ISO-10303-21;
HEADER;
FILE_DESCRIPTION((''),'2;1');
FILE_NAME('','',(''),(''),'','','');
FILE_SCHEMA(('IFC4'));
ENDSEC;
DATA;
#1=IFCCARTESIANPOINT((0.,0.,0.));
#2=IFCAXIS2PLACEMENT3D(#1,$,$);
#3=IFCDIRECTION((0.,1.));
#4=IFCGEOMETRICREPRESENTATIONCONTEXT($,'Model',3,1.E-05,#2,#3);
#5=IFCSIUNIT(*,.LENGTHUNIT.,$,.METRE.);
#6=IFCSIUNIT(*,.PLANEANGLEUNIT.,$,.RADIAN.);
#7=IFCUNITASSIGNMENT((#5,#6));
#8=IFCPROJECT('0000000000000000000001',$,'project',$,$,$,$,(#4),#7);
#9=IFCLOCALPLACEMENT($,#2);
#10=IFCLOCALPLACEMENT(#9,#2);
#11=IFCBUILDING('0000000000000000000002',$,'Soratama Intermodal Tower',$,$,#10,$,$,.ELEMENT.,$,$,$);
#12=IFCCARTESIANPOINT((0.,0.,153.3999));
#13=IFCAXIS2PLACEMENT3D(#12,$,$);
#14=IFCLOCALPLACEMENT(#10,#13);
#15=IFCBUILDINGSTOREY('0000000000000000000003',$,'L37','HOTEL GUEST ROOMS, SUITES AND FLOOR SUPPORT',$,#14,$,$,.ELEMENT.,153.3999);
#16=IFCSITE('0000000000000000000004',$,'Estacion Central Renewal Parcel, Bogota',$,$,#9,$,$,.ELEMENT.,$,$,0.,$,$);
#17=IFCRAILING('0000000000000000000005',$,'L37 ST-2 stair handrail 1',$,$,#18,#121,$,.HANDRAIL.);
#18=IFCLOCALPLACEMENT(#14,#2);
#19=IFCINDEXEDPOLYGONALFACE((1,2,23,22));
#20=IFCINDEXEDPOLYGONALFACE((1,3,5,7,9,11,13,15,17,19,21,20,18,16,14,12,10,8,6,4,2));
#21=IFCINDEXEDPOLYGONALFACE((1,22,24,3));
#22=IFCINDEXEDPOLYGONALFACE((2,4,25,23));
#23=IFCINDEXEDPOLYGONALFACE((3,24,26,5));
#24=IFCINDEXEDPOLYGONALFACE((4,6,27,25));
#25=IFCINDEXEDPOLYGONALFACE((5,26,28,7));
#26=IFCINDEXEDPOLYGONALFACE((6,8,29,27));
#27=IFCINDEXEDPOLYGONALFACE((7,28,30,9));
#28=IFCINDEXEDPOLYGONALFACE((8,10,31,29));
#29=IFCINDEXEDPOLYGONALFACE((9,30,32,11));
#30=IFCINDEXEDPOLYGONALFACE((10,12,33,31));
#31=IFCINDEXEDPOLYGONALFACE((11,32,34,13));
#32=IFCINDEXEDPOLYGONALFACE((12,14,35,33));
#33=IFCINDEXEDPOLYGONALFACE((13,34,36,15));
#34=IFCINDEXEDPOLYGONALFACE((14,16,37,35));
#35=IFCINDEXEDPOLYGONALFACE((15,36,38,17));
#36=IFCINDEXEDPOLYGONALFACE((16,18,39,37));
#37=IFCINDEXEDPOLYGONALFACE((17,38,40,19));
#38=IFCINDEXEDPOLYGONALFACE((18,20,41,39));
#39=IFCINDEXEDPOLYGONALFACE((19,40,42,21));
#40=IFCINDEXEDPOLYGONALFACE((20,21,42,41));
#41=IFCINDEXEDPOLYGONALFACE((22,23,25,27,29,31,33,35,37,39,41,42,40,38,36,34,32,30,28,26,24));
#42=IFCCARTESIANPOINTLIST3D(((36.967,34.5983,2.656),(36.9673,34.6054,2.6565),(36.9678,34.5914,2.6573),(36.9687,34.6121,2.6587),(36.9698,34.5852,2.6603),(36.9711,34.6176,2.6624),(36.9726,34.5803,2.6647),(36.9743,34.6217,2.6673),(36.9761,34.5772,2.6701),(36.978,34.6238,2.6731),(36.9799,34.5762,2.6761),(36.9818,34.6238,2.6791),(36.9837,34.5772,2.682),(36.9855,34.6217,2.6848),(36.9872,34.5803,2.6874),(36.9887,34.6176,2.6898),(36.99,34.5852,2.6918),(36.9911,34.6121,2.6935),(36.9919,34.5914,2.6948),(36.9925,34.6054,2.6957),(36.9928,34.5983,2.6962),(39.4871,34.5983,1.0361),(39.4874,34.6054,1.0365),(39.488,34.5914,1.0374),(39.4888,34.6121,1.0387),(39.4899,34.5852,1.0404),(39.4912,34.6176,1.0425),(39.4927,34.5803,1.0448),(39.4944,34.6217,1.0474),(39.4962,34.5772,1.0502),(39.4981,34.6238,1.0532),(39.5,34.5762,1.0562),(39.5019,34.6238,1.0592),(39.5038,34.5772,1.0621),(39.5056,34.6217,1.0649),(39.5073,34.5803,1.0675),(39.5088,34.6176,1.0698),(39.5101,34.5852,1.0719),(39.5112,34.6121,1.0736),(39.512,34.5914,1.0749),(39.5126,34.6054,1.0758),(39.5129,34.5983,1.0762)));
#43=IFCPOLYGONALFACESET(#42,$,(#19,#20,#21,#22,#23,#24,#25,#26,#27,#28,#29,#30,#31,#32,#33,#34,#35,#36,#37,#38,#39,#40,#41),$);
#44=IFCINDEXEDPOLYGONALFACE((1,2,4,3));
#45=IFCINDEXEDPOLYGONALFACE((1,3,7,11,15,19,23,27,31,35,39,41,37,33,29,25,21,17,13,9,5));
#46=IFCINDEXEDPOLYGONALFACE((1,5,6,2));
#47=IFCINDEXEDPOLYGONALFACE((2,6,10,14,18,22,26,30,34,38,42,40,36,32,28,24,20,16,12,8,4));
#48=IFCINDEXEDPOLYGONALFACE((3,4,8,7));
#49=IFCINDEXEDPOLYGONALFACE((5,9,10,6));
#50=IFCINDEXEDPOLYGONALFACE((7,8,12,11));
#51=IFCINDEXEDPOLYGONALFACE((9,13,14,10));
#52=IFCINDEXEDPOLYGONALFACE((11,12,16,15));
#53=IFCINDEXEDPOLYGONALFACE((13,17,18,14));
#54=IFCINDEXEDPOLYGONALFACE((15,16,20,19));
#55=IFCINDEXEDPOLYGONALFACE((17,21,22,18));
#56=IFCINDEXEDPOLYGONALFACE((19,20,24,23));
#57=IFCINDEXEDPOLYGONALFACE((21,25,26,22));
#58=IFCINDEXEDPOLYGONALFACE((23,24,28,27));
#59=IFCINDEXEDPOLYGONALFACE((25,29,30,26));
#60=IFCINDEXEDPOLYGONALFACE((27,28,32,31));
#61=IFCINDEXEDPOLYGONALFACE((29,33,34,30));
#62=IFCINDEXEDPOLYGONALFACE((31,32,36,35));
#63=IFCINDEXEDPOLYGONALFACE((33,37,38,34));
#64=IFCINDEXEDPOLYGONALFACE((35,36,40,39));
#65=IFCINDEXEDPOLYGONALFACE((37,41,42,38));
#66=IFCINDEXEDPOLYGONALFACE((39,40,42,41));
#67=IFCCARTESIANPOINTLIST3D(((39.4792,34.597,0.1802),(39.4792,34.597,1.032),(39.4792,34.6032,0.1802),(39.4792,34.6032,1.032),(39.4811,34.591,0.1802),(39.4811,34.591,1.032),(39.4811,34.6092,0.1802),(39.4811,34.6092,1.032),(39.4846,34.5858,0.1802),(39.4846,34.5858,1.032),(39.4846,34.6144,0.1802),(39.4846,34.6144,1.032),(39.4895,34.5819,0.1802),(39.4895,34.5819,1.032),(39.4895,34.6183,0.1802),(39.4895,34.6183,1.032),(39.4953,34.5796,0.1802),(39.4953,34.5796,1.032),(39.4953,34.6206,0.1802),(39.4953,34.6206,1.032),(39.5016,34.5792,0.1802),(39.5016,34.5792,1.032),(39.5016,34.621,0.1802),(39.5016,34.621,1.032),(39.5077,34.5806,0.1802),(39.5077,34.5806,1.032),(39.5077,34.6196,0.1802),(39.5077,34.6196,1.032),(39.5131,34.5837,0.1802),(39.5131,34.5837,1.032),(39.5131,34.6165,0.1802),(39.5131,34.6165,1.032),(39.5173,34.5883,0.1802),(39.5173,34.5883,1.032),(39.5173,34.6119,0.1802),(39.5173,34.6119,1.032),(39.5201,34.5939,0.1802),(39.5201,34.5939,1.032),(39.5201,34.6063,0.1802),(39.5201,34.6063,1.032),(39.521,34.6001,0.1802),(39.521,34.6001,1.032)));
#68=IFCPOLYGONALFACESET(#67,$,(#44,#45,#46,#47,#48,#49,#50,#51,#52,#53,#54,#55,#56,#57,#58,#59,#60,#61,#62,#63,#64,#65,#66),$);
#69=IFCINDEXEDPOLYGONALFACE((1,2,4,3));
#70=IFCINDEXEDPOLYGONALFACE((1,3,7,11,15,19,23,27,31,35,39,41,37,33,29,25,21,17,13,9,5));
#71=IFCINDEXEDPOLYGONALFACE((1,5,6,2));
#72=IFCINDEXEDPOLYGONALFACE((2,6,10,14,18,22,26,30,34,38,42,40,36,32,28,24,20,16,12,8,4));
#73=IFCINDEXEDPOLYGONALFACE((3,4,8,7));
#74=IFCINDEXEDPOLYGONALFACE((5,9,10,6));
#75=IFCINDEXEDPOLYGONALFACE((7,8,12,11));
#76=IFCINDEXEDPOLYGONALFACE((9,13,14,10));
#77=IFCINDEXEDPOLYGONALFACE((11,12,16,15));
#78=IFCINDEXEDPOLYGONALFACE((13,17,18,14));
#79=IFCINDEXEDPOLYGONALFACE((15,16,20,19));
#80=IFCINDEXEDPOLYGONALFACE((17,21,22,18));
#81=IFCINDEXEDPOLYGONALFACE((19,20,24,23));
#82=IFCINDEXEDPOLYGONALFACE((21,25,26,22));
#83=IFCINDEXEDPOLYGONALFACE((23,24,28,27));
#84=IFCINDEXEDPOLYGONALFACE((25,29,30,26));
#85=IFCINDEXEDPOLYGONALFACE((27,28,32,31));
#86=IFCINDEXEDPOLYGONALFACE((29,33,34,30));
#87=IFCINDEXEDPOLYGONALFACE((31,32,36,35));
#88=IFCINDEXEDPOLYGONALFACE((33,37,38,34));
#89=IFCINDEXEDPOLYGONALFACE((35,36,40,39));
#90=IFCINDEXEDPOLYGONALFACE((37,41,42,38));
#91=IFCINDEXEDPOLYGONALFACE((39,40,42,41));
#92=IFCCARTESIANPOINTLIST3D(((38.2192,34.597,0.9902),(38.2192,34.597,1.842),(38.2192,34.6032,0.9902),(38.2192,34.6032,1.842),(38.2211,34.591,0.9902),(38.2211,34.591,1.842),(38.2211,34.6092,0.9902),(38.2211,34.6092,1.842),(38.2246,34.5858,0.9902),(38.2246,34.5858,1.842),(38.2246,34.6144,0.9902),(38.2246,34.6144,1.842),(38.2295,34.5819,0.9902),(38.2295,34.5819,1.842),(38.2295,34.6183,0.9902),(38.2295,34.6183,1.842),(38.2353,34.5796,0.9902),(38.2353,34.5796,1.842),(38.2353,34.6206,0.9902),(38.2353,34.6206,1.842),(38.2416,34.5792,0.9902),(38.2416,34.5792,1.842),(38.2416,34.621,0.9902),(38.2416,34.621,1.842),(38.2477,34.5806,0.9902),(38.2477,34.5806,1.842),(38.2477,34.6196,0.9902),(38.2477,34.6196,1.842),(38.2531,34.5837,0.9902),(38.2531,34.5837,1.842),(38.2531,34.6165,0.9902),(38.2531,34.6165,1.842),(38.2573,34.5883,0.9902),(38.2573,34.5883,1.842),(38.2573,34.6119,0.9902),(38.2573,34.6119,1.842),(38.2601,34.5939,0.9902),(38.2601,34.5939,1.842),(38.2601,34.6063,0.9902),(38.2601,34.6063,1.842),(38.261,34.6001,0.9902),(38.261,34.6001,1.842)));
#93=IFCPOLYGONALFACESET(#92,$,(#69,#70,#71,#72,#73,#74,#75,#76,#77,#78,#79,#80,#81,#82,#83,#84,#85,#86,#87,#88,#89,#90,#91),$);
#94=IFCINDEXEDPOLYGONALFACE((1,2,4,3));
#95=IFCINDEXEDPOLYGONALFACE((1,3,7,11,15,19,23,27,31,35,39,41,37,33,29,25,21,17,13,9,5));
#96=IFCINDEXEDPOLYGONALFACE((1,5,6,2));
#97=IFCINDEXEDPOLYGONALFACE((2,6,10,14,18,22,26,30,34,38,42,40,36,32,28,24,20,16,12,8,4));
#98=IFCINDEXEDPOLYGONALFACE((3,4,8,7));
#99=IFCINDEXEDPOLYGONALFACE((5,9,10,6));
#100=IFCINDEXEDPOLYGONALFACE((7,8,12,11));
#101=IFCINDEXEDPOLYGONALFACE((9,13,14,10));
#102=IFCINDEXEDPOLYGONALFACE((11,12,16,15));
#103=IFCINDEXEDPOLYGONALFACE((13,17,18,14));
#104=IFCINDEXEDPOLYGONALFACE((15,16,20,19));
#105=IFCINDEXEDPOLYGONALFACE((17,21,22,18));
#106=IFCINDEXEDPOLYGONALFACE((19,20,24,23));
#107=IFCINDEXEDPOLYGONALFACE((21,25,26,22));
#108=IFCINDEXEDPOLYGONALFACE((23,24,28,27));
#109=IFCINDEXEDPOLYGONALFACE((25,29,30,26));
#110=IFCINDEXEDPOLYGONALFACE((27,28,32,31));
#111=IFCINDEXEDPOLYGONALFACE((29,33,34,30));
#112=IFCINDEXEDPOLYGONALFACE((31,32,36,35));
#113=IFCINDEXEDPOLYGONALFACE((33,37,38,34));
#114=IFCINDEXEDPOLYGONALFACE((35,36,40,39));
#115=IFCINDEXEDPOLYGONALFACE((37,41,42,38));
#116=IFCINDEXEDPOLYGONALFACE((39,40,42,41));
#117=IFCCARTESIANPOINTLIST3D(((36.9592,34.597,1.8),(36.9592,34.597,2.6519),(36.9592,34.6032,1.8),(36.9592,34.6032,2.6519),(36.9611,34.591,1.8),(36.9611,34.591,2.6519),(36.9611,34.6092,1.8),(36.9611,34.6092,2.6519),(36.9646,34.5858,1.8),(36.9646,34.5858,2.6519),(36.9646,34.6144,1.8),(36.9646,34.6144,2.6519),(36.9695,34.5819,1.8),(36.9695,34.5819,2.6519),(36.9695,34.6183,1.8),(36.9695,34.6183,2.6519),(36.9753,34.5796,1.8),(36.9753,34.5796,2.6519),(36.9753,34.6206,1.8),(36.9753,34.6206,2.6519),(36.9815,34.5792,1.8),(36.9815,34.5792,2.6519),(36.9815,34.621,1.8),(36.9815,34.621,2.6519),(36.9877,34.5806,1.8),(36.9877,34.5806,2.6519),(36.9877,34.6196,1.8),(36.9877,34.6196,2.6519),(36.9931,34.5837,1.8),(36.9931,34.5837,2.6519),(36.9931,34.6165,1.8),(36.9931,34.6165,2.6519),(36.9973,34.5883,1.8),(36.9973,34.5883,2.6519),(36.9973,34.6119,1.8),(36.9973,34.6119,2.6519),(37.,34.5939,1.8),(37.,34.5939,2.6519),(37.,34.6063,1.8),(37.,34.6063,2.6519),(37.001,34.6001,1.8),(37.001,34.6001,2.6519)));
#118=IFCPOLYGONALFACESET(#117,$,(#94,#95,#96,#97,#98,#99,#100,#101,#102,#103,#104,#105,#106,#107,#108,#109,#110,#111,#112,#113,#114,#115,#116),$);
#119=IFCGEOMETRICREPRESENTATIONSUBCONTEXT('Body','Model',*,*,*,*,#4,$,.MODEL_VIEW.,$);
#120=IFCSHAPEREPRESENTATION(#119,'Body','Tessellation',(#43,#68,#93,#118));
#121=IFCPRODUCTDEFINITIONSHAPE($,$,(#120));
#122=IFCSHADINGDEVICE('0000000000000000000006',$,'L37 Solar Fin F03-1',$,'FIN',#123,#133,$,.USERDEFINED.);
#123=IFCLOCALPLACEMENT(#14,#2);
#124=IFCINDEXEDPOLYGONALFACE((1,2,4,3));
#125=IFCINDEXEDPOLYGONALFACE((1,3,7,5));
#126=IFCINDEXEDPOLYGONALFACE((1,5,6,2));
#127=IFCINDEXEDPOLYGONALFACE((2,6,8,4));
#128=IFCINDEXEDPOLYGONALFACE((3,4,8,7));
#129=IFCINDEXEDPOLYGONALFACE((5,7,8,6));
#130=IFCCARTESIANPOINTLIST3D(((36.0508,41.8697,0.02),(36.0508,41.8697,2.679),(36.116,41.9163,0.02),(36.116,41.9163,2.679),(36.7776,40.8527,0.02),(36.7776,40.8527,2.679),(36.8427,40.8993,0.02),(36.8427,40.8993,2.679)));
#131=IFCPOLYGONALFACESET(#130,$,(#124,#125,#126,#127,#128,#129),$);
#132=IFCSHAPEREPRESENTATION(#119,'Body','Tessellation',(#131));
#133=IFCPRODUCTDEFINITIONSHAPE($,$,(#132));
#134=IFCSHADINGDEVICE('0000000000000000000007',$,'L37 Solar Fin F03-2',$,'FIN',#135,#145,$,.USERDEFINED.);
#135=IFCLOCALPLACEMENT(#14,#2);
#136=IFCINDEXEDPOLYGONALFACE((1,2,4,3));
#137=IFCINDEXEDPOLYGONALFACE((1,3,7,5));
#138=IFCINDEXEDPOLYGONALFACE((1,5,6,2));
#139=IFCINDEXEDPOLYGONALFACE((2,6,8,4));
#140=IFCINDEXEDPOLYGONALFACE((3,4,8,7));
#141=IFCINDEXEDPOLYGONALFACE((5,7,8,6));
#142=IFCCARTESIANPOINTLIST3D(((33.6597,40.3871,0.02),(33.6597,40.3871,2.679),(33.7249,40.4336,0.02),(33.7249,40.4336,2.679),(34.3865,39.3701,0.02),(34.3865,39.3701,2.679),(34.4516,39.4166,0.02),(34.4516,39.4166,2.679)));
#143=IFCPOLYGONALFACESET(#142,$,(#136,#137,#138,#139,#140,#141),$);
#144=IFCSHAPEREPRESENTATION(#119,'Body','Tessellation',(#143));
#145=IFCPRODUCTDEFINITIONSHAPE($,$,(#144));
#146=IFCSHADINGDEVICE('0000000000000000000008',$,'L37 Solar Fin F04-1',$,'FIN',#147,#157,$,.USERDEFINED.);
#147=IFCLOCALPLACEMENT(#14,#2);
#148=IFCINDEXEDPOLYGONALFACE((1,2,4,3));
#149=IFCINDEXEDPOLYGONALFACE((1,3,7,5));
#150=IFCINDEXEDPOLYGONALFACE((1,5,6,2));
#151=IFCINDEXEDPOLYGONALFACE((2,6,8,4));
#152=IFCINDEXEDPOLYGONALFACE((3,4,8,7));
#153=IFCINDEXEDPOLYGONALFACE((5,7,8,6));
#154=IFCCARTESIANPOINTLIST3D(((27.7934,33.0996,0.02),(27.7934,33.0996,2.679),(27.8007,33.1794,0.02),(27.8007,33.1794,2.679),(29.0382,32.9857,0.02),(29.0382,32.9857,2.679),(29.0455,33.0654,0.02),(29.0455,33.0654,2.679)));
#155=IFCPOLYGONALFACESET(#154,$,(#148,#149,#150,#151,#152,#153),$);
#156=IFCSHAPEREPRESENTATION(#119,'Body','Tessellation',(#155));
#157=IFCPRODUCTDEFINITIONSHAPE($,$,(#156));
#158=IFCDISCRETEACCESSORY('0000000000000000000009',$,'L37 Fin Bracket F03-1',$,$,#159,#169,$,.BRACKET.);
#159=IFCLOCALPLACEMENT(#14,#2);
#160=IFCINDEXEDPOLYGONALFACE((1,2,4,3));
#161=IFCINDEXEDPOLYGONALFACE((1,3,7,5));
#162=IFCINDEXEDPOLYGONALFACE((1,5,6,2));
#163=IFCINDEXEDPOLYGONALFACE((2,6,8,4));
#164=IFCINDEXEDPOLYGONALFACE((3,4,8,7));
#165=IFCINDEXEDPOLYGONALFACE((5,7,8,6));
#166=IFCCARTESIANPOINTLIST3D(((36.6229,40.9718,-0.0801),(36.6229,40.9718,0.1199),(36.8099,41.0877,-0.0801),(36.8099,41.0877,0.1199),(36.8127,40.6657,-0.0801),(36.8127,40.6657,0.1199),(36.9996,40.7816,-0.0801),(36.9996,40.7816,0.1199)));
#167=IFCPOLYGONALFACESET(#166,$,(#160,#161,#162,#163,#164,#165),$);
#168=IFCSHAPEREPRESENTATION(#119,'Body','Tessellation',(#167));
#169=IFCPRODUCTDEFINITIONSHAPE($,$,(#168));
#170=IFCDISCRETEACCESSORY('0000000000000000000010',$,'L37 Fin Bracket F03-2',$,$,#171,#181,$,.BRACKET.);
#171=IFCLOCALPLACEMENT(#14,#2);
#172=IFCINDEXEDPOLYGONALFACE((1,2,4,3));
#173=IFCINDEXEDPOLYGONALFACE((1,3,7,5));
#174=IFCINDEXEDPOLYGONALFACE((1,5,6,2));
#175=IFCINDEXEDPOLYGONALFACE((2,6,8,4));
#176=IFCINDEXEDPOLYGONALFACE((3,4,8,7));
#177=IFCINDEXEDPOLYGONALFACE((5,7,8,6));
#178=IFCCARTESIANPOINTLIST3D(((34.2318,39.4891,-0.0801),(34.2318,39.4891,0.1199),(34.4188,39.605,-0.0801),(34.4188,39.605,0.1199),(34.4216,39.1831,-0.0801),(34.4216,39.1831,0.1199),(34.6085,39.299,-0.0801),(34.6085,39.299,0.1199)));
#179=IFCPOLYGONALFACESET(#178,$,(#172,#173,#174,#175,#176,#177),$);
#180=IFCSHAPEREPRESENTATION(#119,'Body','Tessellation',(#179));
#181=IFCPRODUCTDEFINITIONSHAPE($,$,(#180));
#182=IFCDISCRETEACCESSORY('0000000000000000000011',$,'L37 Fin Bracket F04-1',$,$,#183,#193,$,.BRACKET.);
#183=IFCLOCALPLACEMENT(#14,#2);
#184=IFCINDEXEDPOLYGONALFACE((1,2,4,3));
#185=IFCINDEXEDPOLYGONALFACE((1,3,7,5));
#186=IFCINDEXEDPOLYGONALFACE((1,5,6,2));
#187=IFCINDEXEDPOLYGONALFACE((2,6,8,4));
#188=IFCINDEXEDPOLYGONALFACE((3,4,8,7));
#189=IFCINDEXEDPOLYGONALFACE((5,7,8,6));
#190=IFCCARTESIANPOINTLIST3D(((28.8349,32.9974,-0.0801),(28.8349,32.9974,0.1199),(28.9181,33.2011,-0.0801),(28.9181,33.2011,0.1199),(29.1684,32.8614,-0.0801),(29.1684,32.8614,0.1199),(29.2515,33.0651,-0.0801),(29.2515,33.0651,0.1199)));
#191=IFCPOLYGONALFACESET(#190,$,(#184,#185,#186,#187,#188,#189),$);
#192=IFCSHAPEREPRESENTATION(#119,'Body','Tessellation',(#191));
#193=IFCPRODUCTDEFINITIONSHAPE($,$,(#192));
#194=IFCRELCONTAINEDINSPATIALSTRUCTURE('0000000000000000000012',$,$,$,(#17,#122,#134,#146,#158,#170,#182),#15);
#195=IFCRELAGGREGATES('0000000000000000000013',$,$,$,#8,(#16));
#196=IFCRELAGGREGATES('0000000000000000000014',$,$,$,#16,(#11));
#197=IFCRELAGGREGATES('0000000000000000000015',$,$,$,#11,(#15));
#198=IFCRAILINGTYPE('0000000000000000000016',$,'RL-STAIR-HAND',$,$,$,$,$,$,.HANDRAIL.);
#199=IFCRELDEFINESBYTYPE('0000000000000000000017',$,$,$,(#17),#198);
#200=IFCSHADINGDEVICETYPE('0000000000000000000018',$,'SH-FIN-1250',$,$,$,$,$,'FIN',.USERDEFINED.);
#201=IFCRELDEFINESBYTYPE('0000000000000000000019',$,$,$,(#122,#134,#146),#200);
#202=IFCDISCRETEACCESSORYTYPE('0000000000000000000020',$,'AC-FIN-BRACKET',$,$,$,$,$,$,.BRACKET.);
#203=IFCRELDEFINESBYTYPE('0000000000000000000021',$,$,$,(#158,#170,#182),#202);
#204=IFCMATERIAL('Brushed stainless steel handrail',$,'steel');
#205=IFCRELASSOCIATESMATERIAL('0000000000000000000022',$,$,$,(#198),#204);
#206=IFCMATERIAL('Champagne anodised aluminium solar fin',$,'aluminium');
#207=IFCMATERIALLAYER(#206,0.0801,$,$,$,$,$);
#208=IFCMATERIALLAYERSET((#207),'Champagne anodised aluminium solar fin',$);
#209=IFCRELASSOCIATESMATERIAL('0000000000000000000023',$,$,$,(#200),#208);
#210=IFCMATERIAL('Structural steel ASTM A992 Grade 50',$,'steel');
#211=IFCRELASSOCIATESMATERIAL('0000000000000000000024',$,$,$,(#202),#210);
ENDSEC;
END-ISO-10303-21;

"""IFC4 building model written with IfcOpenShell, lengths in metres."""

from ifc_helpers import new_model, si_unit, direction, frame, origin, origin_2d, place, context, subcontext, project, spatial, rectangle, circle, extrude, material, layer, layer_set, type_object, element, save


model = new_model("IFC4")

# Units and contexts
model_context = context("Model", 3, precision=1e-05, world=origin(), true_north=direction((0.0, 1.0)))
body_context = subcontext(model_context, "Body", "Model", "MODEL_VIEW")
ifc_project = project(units=[si_unit("LENGTHUNIT", "METRE"), si_unit("PLANEANGLEUNIT", "RADIAN")], contexts=[model_context])

# Site, building, storey
site_placement = place(None, origin())
site = spatial("IfcSite", under=ifc_project, at=site_placement, Name="Estacion Central Renewal Parcel, Bogota", CompositionType="ELEMENT", RefElevation=0.0)
building_placement = place(site_placement, origin())
building = spatial("IfcBuilding", under=site, at=building_placement, Name="Soratama Intermodal Tower", CompositionType="ELEMENT")
storey_placement = place(building_placement, frame((0.0, 0.0, 153.3999)))
storey = spatial("IfcBuildingStorey", under=building, at=storey_placement, Name="L37", Description="HOTEL GUEST ROOMS, SUITES AND FLOOR SUPPORT", CompositionType="ELEMENT", Elevation=153.3999)

# Railing
ifc_material_1 = material(Name="Brushed stainless steel handrail", Category="steel")
railing_type_1 = type_object("IfcRailingType", Name="RL-STAIR-HAND", PredefinedType="HANDRAIL", material=ifc_material_1)
railing_1_placement = place(storey_placement, frame((39.5, 34.6001, 0.1802)))
element("IfcRailing", 1, at=railing_1_placement, inside=storey, type_object=railing_type_1, Name="L37 ST-2 stair handrail 1", PredefinedType="HANDRAIL", context=body_context, shape_type="SweptSolid", body=[
    extrude(circle(Radius=0.0239, at=origin_2d()), frame((0.0, 0.0, 0.876), z_axis=(-0.8412, 0.0, 0.540725), x_axis=(0.0, -1.0, 0.0)), (0.0, 0.0, 1.0), 2.9958),
    extrude(circle(Radius=0.021, at=origin_2d()), origin(), (0.0, 0.0, 1.0), 0.8518),
    extrude(circle(Radius=0.021, at=origin_2d()), frame((-1.26, 0.0, 0.8101)), (0.0, 0.0, 1.0), 0.8518),
    extrude(circle(Radius=0.021, at=origin_2d()), frame((-2.52, 0.0, 1.6199)), (0.0, 0.0, 1.0), 0.8518),
])

# Shading devices
ifc_material_2 = material(Name="Champagne anodised aluminium solar fin", Category="aluminium")
ifc_layer_1 = layer(ifc_material_2, 0.0801)
ifc_layer_set_1 = layer_set([ifc_layer_1], Name="Champagne anodised aluminium solar fin")
shading_device_type = type_object("IfcShadingDeviceType", Name="SH-FIN-1250", ElementType="FIN", PredefinedType="USERDEFINED", material=ifc_layer_set_1)
for number, where, z_axis, x_axis, name in (
    (2, (36.4468, 41.3845, 0.02), (0.0, 0.0, 1.0), (-0.581413, 0.813608, 0.0), "L37 Solar Fin F03-1"),
    (3, (34.0557, 39.9019, 0.02), (0.0, 0.0, 1.0), (-0.581413, 0.813608, 0.0), "L37 Solar Fin F03-2"),
    (4, (28.4194, 33.0825, 0.02), (0.0, 0.0, 1.0), (-0.995837, 0.091154, 0.0), "L37 Solar Fin F04-1"),
):
    element("IfcShadingDevice", number, at=place(storey_placement, frame(where, z_axis=z_axis, x_axis=x_axis)), inside=storey, type_object=shading_device_type, Name=name, ObjectType="FIN", PredefinedType="USERDEFINED", context=body_context, shape_type="SweptSolid", body=[
        extrude(rectangle(XDim=1.25, YDim=0.0801, at=origin_2d()), origin(), (0.0, 0.0, 1.0), 2.6589),
    ])

# Discrete accessories
ifc_material_3 = material(Name="Structural steel ASTM A992 Grade 50", Category="steel")
discrete_accessory_type = type_object("IfcDiscreteAccessoryType", Name="AC-FIN-BRACKET", PredefinedType="BRACKET", material=ifc_material_3)
for number, where, z_axis, x_axis, name in (
    (5, (36.8113, 40.8767, -0.0801), (0.0, 0.0, 1.0), (-0.526956, 0.849893, 0.0), "L37 Fin Bracket F03-1"),
    (6, (34.4202, 39.394, -0.0801), (0.0, 0.0, 1.0), (-0.526956, 0.849893, 0.0), "L37 Fin Bracket F03-2"),
    (7, (29.0432, 33.0312, -0.0801), (0.0, 0.0, 1.0), (-0.925871, 0.377841, 0.0), "L37 Fin Bracket F04-1"),
):
    element("IfcDiscreteAccessory", number, at=place(storey_placement, frame(where, z_axis=z_axis, x_axis=x_axis)), inside=storey, type_object=discrete_accessory_type, Name=name, PredefinedType="BRACKET", context=body_context, shape_type="SweptSolid", body=[
        extrude(rectangle(XDim=0.3601, YDim=0.22, at=origin_2d()), origin(), (0.0, 0.0, 1.0), 0.2),
    ])

save(model, "model.ifc")
